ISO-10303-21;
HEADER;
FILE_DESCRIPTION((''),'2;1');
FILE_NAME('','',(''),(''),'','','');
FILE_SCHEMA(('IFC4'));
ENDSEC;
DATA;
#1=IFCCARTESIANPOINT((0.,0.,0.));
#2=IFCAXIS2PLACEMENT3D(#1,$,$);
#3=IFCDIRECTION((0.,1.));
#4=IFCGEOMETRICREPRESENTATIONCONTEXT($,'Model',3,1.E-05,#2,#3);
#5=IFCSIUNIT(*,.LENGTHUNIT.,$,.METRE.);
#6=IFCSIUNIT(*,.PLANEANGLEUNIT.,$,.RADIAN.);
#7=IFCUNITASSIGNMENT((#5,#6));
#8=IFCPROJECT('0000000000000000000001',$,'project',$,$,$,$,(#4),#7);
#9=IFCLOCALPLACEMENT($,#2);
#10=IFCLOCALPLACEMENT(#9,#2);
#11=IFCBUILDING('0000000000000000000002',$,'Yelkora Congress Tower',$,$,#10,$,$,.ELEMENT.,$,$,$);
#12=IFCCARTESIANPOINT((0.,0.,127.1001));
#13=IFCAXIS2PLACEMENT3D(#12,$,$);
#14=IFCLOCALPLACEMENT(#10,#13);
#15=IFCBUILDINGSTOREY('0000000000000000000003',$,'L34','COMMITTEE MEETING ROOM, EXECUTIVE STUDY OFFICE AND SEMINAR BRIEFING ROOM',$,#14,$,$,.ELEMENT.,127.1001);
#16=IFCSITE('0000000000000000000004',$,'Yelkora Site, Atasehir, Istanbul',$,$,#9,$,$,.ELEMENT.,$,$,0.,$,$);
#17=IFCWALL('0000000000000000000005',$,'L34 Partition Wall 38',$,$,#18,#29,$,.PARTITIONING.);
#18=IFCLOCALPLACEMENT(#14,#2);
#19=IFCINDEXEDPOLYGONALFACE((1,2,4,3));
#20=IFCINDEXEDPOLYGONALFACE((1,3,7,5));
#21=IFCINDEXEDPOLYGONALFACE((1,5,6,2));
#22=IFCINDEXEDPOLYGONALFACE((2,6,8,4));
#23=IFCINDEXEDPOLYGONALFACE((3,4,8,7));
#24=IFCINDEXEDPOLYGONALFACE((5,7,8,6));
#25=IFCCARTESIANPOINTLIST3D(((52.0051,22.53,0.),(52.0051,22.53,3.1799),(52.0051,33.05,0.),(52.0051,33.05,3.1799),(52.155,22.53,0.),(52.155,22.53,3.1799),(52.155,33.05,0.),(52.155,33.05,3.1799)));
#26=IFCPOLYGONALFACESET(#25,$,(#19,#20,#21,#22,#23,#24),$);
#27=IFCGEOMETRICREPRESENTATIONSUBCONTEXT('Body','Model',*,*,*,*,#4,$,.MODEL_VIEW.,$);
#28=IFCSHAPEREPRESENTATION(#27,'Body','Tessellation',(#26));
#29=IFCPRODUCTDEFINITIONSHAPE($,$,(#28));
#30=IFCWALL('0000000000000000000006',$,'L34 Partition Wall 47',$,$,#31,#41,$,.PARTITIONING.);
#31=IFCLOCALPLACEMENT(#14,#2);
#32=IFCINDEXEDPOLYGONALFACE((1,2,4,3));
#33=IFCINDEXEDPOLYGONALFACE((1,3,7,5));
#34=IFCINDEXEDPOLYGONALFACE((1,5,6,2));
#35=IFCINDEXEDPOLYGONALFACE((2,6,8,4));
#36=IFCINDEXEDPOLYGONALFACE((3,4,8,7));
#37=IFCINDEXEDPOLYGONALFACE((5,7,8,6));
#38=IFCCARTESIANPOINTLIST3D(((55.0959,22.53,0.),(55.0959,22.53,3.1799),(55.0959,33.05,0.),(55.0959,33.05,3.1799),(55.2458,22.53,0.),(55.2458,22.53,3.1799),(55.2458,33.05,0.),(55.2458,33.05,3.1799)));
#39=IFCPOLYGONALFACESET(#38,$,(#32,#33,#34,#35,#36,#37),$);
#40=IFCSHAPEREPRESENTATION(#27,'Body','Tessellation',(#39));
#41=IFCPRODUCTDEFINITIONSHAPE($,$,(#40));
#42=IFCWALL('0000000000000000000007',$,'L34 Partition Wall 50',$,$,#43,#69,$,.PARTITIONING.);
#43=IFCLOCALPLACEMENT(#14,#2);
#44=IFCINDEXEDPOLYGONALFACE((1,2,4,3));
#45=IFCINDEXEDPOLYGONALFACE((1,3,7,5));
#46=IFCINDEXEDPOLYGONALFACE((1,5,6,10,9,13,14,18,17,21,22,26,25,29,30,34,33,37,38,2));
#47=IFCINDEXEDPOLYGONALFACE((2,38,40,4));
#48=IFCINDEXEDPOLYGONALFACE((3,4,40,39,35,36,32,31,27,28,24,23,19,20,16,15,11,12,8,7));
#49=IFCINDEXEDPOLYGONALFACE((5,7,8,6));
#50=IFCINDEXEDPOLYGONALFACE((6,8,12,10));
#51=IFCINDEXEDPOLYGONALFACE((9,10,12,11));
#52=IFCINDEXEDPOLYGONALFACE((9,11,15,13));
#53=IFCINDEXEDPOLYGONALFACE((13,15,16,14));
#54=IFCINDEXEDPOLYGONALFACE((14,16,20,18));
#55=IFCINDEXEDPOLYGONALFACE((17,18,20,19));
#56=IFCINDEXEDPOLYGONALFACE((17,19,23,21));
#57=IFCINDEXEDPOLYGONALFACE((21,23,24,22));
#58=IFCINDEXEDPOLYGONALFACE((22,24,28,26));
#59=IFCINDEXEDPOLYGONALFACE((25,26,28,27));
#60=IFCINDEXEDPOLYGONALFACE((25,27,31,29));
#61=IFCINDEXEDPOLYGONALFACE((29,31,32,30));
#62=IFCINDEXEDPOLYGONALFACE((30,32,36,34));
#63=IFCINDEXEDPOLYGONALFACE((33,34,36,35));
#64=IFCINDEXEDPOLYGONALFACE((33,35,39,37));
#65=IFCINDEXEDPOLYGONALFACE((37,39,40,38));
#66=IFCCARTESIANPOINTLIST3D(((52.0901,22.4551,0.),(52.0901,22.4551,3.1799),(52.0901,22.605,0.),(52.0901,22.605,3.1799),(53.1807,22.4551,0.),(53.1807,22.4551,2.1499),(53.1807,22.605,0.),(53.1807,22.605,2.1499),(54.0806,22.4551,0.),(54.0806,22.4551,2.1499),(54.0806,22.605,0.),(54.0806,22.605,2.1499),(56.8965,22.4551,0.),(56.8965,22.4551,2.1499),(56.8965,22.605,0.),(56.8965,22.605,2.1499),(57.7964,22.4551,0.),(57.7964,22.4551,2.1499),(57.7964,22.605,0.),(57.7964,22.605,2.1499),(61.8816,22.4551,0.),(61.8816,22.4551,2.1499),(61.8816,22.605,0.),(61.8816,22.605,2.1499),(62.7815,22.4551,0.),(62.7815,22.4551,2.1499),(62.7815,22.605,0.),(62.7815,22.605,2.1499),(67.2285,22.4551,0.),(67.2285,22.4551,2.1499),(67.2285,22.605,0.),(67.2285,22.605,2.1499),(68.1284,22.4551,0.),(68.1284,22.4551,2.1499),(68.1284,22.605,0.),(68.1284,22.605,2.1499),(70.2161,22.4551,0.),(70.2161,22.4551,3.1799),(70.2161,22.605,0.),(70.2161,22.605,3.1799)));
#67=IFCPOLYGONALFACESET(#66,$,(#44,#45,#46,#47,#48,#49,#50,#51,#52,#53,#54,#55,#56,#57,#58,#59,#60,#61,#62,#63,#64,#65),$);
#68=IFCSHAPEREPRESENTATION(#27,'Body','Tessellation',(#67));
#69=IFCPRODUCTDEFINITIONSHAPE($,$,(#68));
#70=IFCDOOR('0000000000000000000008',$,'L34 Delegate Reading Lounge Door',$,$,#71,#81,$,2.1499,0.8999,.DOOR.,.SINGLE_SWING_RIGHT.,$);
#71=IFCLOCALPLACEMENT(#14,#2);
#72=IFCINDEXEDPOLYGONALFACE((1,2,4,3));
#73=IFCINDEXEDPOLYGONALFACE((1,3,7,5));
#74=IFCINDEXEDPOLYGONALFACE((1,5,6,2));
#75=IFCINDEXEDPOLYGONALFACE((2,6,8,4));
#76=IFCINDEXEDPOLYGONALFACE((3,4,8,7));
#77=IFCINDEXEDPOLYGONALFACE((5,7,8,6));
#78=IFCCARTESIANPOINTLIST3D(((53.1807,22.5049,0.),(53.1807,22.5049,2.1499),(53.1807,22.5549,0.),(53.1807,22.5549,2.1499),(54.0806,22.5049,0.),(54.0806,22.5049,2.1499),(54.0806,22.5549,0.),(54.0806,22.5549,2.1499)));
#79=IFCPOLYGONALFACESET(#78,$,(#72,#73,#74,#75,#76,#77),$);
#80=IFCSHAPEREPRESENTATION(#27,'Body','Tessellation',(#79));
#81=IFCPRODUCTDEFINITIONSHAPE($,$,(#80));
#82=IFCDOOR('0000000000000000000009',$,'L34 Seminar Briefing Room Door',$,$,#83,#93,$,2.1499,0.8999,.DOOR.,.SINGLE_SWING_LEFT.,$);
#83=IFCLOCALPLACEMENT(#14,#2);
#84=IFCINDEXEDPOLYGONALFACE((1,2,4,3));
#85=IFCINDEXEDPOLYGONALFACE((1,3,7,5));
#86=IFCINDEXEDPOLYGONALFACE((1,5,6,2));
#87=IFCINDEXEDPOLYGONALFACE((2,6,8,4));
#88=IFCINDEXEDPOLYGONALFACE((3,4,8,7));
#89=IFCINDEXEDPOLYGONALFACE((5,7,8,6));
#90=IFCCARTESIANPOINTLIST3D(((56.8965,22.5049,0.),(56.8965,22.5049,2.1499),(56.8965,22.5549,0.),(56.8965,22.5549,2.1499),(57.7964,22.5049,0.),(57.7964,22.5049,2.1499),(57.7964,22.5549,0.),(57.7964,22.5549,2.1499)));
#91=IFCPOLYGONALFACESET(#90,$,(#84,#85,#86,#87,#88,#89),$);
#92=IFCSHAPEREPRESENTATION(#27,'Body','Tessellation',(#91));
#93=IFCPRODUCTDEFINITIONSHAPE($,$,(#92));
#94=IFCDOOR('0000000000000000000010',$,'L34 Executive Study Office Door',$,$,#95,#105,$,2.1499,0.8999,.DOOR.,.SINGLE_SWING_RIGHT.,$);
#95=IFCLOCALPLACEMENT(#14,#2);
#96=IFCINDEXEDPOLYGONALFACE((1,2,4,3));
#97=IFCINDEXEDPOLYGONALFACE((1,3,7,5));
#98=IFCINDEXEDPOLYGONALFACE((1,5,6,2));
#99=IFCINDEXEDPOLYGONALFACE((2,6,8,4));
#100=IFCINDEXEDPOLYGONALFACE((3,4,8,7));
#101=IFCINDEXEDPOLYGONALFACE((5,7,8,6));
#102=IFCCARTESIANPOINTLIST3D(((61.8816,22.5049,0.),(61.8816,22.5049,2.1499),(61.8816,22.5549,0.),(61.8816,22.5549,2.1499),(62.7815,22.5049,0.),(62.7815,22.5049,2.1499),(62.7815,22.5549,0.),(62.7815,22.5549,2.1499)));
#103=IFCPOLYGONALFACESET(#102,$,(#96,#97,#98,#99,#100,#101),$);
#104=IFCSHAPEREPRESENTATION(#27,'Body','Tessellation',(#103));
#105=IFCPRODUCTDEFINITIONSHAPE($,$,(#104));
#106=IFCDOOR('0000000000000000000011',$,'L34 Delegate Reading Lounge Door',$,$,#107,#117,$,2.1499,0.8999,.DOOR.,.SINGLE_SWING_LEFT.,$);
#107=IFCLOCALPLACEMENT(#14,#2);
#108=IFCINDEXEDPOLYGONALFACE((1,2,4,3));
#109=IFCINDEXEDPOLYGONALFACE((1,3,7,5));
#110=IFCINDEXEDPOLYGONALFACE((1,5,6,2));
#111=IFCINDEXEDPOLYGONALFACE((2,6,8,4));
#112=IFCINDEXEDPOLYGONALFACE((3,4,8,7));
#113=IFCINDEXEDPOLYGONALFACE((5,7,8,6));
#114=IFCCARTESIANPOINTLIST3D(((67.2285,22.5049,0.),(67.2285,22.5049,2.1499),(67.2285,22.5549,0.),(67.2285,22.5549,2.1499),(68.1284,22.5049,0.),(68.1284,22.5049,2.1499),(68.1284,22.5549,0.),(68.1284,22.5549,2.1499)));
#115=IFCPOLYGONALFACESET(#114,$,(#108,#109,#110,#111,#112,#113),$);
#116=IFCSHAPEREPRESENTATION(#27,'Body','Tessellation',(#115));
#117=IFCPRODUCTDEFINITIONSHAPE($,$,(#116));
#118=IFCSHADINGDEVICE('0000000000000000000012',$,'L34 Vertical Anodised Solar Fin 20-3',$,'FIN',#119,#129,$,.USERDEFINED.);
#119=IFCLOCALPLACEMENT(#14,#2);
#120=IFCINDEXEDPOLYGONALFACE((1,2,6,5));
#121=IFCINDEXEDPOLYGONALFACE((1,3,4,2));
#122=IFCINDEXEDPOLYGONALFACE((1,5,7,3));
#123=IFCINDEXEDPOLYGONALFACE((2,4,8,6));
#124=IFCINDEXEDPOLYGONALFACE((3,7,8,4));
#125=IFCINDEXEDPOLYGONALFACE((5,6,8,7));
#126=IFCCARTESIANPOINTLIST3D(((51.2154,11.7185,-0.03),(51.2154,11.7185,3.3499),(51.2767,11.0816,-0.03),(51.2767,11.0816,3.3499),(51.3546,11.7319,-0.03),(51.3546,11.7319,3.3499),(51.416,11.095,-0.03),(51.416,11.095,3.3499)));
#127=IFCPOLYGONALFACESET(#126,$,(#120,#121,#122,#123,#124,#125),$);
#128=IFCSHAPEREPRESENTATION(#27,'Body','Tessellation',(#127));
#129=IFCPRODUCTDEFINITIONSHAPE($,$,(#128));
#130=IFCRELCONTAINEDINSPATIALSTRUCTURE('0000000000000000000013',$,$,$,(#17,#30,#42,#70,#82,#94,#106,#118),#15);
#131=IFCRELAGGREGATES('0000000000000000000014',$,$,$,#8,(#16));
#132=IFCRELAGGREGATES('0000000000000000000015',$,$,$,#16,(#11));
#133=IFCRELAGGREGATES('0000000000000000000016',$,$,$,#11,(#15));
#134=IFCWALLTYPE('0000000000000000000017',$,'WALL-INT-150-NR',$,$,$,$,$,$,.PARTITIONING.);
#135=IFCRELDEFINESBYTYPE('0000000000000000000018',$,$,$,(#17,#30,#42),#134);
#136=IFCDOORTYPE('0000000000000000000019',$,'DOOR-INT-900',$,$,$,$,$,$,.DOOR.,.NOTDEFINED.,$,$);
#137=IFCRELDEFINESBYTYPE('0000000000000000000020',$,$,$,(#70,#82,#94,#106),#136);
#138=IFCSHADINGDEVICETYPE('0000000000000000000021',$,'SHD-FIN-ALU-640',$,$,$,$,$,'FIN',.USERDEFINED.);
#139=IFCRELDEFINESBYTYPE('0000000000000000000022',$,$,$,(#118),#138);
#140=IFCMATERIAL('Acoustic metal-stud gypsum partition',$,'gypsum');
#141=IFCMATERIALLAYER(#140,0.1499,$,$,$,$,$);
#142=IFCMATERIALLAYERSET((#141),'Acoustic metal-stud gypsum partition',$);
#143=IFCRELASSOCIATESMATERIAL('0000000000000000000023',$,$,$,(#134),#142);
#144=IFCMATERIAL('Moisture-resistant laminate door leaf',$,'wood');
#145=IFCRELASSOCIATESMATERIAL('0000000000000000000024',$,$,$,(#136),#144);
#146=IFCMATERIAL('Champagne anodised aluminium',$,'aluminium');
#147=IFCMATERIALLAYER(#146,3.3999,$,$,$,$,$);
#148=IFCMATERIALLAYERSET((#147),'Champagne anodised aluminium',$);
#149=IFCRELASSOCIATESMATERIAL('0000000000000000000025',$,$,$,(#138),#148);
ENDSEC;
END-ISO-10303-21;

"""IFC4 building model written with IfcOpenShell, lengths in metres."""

from ifc_helpers import new_model, si_unit, direction, frame, frame_2d, origin, origin_2d, place, context, subcontext, project, spatial, rectangle, extrude, material, layer, layer_set, type_object, element, fill, save


model = new_model("IFC4")

# Units and contexts
model_context = context("Model", 3, precision=1e-05, world=origin(), true_north=direction((0.0, 1.0)))
body_context = subcontext(model_context, "Body", "Model", "MODEL_VIEW")
ifc_project = project(units=[si_unit("LENGTHUNIT", "METRE"), si_unit("PLANEANGLEUNIT", "RADIAN")], contexts=[model_context])

# Site, building, storey
site_placement = place(None, origin())
site = spatial("IfcSite", under=ifc_project, at=site_placement, Name="Yelkora Site, Atasehir, Istanbul", CompositionType="ELEMENT", RefElevation=0.0)
building_placement = place(site_placement, origin())
building = spatial("IfcBuilding", under=site, at=building_placement, Name="Yelkora Congress Tower", CompositionType="ELEMENT")
storey_placement = place(building_placement, frame((0.0, 0.0, 127.1001)))
storey = spatial("IfcBuildingStorey", under=building, at=storey_placement, Name="L34", Description="COMMITTEE MEETING ROOM, EXECUTIVE STUDY OFFICE AND SEMINAR BRIEFING ROOM", CompositionType="ELEMENT", Elevation=127.1001)

# Walls
ifc_material_1 = material(Name="Acoustic metal-stud gypsum partition", Category="gypsum")
ifc_layer_1 = layer(ifc_material_1, 0.1499)
ifc_layer_set_1 = layer_set([ifc_layer_1], Name="Acoustic metal-stud gypsum partition")
wall_type = type_object("IfcWallType", Name="WALL-INT-150-NR", PredefinedType="PARTITIONING", material=ifc_layer_set_1)
for number, where, z_axis, x_axis, name in (
    (1, (52.0801, 22.53, 0.0), (0.0, 0.0, 1.0), (0.0, 1.0, 0.0), "L34 Partition Wall 38"),
    (2, (55.1709, 22.53, 0.0), (0.0, 0.0, 1.0), (0.0, 1.0, 0.0), "L34 Partition Wall 47"),
):
    element("IfcWall", number, at=place(storey_placement, frame(where, z_axis=z_axis, x_axis=x_axis)), inside=storey, type_object=wall_type, Name=name, PredefinedType="PARTITIONING", context=body_context, shape_type="SweptSolid", body=[
        extrude(rectangle(XDim=10.52, YDim=0.1499, at=frame_2d((5.26, 0.0))), origin(), (0.0, 0.0, 1.0), 3.1799),
    ])

# Wall, openings, doors
wall_1_placement = place(storey_placement, frame((52.0901, 22.53, 0.0), z_axis=(0.0, 0.0, 1.0), x_axis=(1.0, 0.0, 0.0)))
wall_1 = element("IfcWall", 3, at=wall_1_placement, inside=storey, type_object=wall_type, Name="L34 Partition Wall 50", PredefinedType="PARTITIONING", context=body_context, shape_type="SweptSolid", body=[
    extrude(rectangle(XDim=18.126, YDim=0.1499, at=frame_2d((9.063, 0.0))), origin(), (0.0, 0.0, 1.0), 3.1799),
])
opening_1_placement = place(wall_1_placement, frame((1.0906, 0.0, 0.0)))
opening_1 = element("IfcOpeningElement", 4, at=opening_1_placement, cuts=wall_1, PredefinedType="OPENING", context=body_context, shape_type="SweptSolid", body=[
    extrude(rectangle(XDim=0.8999, YDim=2.1499, at=frame_2d((0.45, 1.075))), frame((0.0, 0.085, 0.0), z_axis=(0.0, -1.0, 0.0), x_axis=(1.0, 0.0, 0.0)), (0.0, 0.0, 1.0), 0.1699),
])
opening_2_placement = place(wall_1_placement, frame((4.8064, 0.0, 0.0)))
opening_2 = element("IfcOpeningElement", 5, at=opening_2_placement, cuts=wall_1, PredefinedType="OPENING", context=body_context, shape_type="SweptSolid", body=[
    extrude(rectangle(XDim=0.8999, YDim=2.1499, at=frame_2d((0.45, 1.075))), frame((0.0, 0.085, 0.0), z_axis=(0.0, -1.0, 0.0), x_axis=(1.0, 0.0, 0.0)), (0.0, 0.0, 1.0), 0.1699),
])
opening_3_placement = place(wall_1_placement, frame((9.7915, 0.0, 0.0)))
opening_3 = element("IfcOpeningElement", 6, at=opening_3_placement, cuts=wall_1, PredefinedType="OPENING", context=body_context, shape_type="SweptSolid", body=[
    extrude(rectangle(XDim=0.8999, YDim=2.1499, at=frame_2d((0.45, 1.075))), frame((0.0, 0.085, 0.0), z_axis=(0.0, -1.0, 0.0), x_axis=(1.0, 0.0, 0.0)), (0.0, 0.0, 1.0), 0.1699),
])
opening_4_placement = place(wall_1_placement, frame((15.1384, 0.0, 0.0)))
opening_4 = element("IfcOpeningElement", 7, at=opening_4_placement, cuts=wall_1, PredefinedType="OPENING", context=body_context, shape_type="SweptSolid", body=[
    extrude(rectangle(XDim=0.8999, YDim=2.1499, at=frame_2d((0.45, 1.075))), frame((0.0, 0.085, 0.0), z_axis=(0.0, -1.0, 0.0), x_axis=(1.0, 0.0, 0.0)), (0.0, 0.0, 1.0), 0.1699),
])
ifc_material_2 = material(Name="Moisture-resistant laminate door leaf", Category="wood")
door_type = type_object("IfcDoorType", Name="DOOR-INT-900", OperationType="NOTDEFINED", PredefinedType="DOOR", material=ifc_material_2)
door_1_placement = place(opening_1_placement, origin())
door_1 = element("IfcDoor", 8, at=door_1_placement, inside=storey, type_object=door_type, Name="L34 Delegate Reading Lounge Door", OperationType="SINGLE_SWING_RIGHT", OverallHeight=2.1499, OverallWidth=0.8999, PredefinedType="DOOR", context=body_context, shape_type="SweptSolid", body=[
    extrude(rectangle(XDim=0.8999, YDim=2.1499, at=frame_2d((0.45, 1.075))), frame((0.0, 0.0249, 0.0), z_axis=(0.0, -1.0, 0.0), x_axis=(1.0, 0.0, 0.0)), (0.0, 0.0, 1.0), 0.05),
])
fill(opening_1, door_1)
door_2_placement = place(opening_2_placement, origin())
door_2 = element("IfcDoor", 9, at=door_2_placement, inside=storey, type_object=door_type, Name="L34 Seminar Briefing Room Door", OperationType="SINGLE_SWING_LEFT", OverallHeight=2.1499, OverallWidth=0.8999, PredefinedType="DOOR", context=body_context, shape_type="SweptSolid", body=[
    extrude(rectangle(XDim=0.8999, YDim=2.1499, at=frame_2d((0.45, 1.075))), frame((0.0, 0.0249, 0.0), z_axis=(0.0, -1.0, 0.0), x_axis=(1.0, 0.0, 0.0)), (0.0, 0.0, 1.0), 0.05),
])
fill(opening_2, door_2)
door_3_placement = place(opening_3_placement, origin())
door_3 = element("IfcDoor", 10, at=door_3_placement, inside=storey, type_object=door_type, Name="L34 Executive Study Office Door", OperationType="SINGLE_SWING_RIGHT", OverallHeight=2.1499, OverallWidth=0.8999, PredefinedType="DOOR", context=body_context, shape_type="SweptSolid", body=[
    extrude(rectangle(XDim=0.8999, YDim=2.1499, at=frame_2d((0.45, 1.075))), frame((0.0, 0.0249, 0.0), z_axis=(0.0, -1.0, 0.0), x_axis=(1.0, 0.0, 0.0)), (0.0, 0.0, 1.0), 0.05),
])
fill(opening_3, door_3)
door_4_placement = place(opening_4_placement, origin())
door_4 = element("IfcDoor", 11, at=door_4_placement, inside=storey, type_object=door_type, Name="L34 Delegate Reading Lounge Door", OperationType="SINGLE_SWING_LEFT", OverallHeight=2.1499, OverallWidth=0.8999, PredefinedType="DOOR", context=body_context, shape_type="SweptSolid", body=[
    extrude(rectangle(XDim=0.8999, YDim=2.1499, at=frame_2d((0.45, 1.075))), frame((0.0, 0.0249, 0.0), z_axis=(0.0, -1.0, 0.0), x_axis=(1.0, 0.0, 0.0)), (0.0, 0.0, 1.0), 0.05),
])
fill(opening_4, door_4)

# Shading device
ifc_material_3 = material(Name="Champagne anodised aluminium", Category="aluminium")
ifc_layer_2 = layer(ifc_material_3, 3.3999)
ifc_layer_set_2 = layer_set([ifc_layer_2], Name="Champagne anodised aluminium")
shading_device_type = type_object("IfcShadingDeviceType", Name="SHD-FIN-ALU-640", ElementType="FIN", PredefinedType="USERDEFINED", material=ifc_layer_set_2)
shading_device_placement = place(storey_placement, frame((51.3157, 11.4067, -0.03), z_axis=(0.0, 0.0, 1.0), x_axis=(-0.995396, -0.095846, 0.0)))
element("IfcShadingDevice", 12, at=shading_device_placement, inside=storey, type_object=shading_device_type, Name="L34 Vertical Anodised Solar Fin 20-3", ObjectType="FIN", PredefinedType="USERDEFINED", context=body_context, shape_type="SweptSolid", body=[
    extrude(rectangle(XDim=0.1399, YDim=0.6399, at=origin_2d()), origin(), (0.0, 0.0, 1.0), 3.3799),
])

save(model, "model.ifc")
